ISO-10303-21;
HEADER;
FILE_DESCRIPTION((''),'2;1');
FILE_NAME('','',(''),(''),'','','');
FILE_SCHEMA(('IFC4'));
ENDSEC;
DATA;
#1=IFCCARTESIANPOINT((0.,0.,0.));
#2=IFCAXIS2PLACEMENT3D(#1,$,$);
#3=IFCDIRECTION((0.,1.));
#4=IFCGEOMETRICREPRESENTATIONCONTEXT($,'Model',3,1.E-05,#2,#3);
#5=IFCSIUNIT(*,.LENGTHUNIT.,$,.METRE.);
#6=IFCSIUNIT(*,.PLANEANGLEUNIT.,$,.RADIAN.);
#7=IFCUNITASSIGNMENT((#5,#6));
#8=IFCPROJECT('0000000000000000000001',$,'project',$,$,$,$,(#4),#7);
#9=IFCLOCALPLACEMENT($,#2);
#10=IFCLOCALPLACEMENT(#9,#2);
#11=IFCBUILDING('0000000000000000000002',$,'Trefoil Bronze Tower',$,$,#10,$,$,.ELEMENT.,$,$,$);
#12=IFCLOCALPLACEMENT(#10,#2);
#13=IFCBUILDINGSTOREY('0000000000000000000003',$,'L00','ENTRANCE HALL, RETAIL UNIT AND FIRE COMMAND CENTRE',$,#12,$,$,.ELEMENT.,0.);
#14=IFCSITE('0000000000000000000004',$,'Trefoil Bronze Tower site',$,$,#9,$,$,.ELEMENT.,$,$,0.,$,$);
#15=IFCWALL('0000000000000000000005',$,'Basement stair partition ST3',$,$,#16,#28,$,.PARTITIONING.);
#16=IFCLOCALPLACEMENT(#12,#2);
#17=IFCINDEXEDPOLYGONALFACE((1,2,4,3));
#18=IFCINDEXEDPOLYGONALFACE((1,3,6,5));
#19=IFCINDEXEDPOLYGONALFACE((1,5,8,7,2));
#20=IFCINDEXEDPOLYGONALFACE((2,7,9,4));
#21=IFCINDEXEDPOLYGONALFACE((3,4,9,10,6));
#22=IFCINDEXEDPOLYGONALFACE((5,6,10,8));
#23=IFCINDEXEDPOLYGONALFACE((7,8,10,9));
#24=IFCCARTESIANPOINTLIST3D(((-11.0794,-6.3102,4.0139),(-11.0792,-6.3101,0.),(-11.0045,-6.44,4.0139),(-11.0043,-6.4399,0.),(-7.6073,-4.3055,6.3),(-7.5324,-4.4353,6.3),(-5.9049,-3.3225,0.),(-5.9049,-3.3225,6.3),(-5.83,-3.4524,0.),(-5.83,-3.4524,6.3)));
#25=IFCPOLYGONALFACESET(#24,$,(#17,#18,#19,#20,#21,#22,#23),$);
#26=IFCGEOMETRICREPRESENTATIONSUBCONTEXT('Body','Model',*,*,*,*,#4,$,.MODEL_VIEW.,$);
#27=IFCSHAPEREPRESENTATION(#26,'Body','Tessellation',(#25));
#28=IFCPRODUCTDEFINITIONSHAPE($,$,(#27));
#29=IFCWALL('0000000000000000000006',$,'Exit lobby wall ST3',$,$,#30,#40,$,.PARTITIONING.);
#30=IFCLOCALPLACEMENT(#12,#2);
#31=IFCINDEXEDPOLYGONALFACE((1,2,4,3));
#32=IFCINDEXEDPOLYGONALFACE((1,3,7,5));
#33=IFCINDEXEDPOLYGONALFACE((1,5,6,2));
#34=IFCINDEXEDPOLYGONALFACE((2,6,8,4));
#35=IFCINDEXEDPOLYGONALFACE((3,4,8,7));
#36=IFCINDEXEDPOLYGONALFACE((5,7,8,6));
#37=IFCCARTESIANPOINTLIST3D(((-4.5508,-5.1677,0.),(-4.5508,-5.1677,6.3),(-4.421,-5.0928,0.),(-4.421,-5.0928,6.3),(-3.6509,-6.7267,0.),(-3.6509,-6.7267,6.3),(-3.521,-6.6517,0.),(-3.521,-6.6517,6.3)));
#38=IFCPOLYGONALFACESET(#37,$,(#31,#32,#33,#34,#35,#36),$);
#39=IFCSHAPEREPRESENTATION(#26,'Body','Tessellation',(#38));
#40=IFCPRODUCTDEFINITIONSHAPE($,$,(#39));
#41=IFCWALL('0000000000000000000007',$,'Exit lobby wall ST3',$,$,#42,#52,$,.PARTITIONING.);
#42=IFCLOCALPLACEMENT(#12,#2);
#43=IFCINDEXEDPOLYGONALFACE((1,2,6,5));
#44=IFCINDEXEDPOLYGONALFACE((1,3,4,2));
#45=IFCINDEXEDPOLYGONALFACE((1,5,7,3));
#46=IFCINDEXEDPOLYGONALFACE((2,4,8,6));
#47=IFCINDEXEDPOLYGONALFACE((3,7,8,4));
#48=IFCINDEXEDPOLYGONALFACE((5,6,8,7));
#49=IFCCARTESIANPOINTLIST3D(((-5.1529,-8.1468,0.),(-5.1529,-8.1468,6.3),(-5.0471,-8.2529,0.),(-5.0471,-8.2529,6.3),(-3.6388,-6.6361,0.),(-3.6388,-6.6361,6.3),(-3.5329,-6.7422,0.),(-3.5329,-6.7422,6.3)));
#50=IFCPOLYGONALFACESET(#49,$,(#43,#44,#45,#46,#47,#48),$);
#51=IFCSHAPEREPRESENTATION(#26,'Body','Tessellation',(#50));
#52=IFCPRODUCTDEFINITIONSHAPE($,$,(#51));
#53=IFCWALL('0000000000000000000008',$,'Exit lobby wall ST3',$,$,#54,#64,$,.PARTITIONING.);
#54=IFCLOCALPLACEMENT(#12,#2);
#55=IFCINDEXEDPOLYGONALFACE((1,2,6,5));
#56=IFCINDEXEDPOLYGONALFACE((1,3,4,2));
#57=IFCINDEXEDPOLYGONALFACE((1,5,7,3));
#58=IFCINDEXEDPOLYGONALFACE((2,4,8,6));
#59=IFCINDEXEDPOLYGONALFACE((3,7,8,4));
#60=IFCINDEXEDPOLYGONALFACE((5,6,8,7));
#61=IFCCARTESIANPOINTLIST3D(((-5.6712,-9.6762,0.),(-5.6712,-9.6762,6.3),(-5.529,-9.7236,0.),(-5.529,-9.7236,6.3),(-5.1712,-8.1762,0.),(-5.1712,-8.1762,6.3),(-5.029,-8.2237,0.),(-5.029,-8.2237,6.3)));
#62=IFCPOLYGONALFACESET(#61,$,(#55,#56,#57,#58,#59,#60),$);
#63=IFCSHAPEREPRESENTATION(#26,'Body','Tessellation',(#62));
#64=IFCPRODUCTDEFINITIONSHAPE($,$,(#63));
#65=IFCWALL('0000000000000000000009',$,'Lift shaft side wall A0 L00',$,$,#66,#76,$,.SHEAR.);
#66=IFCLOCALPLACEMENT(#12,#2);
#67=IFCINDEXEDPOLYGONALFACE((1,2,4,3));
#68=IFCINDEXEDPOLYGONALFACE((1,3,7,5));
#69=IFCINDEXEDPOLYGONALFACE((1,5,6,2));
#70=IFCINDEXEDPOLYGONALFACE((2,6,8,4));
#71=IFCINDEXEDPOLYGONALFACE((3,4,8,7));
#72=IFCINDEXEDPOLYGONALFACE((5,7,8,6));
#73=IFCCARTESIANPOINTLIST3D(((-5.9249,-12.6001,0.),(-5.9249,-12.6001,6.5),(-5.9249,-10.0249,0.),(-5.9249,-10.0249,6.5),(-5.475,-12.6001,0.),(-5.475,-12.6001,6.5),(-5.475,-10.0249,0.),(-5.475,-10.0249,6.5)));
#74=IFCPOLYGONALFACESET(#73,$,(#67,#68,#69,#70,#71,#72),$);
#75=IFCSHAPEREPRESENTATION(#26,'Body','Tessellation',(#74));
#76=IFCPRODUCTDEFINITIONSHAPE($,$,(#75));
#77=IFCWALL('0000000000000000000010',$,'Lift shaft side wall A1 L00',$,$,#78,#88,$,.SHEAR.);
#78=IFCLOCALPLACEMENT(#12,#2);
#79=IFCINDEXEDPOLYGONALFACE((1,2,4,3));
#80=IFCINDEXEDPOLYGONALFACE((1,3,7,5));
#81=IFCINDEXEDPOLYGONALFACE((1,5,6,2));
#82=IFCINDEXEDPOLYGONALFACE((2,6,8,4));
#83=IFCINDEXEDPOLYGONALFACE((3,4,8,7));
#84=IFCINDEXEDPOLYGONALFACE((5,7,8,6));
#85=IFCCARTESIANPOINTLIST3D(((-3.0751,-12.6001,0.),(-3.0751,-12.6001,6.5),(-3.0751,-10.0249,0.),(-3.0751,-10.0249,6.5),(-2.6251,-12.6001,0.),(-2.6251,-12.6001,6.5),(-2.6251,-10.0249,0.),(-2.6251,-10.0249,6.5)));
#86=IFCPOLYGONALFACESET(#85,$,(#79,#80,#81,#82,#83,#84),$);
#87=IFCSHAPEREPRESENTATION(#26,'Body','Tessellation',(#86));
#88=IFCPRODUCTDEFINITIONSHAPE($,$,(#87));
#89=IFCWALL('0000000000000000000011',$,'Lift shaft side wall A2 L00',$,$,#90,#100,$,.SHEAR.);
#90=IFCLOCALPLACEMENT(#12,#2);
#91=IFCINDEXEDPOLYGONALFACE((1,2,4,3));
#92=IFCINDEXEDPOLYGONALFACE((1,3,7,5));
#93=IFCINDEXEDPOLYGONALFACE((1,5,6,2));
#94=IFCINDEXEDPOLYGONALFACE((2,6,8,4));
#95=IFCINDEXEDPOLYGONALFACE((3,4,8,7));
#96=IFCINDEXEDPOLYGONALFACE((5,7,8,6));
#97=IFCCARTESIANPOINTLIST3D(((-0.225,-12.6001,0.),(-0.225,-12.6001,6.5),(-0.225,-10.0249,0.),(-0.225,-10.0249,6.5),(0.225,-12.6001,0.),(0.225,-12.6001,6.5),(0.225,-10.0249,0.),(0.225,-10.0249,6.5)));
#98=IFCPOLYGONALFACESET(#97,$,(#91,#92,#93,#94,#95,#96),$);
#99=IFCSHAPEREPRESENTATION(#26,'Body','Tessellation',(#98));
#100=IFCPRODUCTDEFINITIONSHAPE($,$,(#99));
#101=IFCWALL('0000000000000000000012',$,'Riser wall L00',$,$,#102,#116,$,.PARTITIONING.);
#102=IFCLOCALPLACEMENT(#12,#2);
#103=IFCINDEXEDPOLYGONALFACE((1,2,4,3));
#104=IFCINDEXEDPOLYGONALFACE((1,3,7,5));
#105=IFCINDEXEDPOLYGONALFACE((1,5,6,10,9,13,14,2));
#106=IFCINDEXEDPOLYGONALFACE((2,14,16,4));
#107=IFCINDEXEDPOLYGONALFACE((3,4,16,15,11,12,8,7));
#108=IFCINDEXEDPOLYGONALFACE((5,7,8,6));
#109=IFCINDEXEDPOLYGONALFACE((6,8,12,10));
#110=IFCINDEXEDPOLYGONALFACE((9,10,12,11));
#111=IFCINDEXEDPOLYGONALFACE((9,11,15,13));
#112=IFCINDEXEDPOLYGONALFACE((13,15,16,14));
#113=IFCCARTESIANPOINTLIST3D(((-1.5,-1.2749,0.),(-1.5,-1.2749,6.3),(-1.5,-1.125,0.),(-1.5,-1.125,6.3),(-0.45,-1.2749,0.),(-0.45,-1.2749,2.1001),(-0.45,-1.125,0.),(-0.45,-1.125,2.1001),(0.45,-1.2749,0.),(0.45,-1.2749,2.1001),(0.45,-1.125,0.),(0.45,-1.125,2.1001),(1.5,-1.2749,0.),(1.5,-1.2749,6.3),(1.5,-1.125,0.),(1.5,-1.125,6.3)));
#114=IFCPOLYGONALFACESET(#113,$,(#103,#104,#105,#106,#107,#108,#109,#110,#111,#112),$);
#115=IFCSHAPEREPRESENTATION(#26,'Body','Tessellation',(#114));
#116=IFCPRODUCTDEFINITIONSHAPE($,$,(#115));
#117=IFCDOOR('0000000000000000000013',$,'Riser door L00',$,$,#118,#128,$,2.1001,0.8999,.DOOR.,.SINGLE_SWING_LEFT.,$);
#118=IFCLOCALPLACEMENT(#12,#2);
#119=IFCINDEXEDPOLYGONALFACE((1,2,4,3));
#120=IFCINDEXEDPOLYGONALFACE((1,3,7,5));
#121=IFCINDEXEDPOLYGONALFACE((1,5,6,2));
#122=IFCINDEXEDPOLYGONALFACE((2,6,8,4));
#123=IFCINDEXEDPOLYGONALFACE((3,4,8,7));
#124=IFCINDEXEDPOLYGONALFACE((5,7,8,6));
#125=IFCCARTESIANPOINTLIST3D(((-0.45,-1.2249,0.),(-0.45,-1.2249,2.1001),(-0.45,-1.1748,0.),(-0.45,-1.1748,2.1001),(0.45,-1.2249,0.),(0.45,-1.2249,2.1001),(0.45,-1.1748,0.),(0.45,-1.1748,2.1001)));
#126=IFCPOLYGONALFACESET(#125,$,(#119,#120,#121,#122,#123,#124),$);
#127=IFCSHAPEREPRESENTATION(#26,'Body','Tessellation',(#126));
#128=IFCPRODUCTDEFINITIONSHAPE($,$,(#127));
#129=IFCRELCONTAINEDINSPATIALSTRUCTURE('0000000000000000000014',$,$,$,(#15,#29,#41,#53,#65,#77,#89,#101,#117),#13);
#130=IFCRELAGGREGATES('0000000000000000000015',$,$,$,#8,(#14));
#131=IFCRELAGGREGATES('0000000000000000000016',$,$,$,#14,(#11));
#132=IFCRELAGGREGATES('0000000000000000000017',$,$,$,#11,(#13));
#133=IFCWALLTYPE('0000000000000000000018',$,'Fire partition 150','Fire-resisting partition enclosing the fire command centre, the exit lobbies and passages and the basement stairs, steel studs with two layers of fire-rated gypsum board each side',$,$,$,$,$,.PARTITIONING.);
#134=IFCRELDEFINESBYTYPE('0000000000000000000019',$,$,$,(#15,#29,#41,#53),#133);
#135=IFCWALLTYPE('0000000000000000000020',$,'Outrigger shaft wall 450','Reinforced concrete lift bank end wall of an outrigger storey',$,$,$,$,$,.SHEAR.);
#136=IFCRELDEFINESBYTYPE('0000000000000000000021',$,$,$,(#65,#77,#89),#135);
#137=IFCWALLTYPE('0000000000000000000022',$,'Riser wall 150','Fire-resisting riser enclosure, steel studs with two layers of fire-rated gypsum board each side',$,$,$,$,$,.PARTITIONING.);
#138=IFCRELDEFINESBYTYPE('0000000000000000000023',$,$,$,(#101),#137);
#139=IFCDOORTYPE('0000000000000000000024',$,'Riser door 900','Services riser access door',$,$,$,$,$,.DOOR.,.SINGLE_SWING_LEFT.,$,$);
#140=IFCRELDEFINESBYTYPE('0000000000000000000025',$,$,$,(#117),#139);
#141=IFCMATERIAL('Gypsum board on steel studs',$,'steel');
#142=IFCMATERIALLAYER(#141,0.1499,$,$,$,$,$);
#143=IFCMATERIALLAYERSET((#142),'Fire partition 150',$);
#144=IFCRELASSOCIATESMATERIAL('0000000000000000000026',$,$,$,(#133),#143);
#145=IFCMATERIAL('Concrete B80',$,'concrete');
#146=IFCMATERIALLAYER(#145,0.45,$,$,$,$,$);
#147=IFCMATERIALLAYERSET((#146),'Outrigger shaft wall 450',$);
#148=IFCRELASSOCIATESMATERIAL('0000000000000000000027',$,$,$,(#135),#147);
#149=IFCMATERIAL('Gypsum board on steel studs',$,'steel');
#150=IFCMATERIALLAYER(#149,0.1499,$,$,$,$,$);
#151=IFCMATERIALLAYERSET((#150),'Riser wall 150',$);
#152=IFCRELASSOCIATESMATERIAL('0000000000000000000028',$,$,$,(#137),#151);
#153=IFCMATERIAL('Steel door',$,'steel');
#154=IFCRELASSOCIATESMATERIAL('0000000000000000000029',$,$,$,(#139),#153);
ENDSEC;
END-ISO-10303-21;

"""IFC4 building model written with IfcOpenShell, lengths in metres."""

from ifc_helpers import new_model, si_unit, direction, frame, frame_2d, origin, place, context, subcontext, project, spatial, polyline, rectangle, outline, extrude, material, layer, layer_set, type_object, element, fill, save


model = new_model("IFC4")

# Units and contexts
model_context = context("Model", 3, precision=1e-05, world=origin(), true_north=direction((0.0, 1.0)))
body_context = subcontext(model_context, "Body", "Model", "MODEL_VIEW")
ifc_project = project(units=[si_unit("LENGTHUNIT", "METRE"), si_unit("PLANEANGLEUNIT", "RADIAN")], contexts=[model_context])

# Site, building, storey
site_placement = place(None, origin())
site = spatial("IfcSite", under=ifc_project, at=site_placement, Name="Trefoil Bronze Tower site", CompositionType="ELEMENT", RefElevation=0.0)
building_placement = place(site_placement, origin())
building = spatial("IfcBuilding", under=site, at=building_placement, Name="Trefoil Bronze Tower", CompositionType="ELEMENT")
storey_placement = place(building_placement, origin())
storey = spatial("IfcBuildingStorey", under=building, at=storey_placement, Name="L00", Description="ENTRANCE HALL, RETAIL UNIT AND FIRE COMMAND CENTRE", CompositionType="ELEMENT", Elevation=0.0)

# Walls
ifc_material_1 = material(Name="Gypsum board on steel studs", Category="steel")
ifc_layer_1 = layer(ifc_material_1, 0.1499)
ifc_layer_set_1 = layer_set([ifc_layer_1], Name="Fire partition 150")
wall_type_1 = type_object("IfcWallType", Name="Fire partition 150", Description="Fire-resisting partition enclosing the fire command centre, the exit lobbies and passages and the basement stairs, steel studs with two layers of fire-rated gypsum board each side", PredefinedType="PARTITIONING", material=ifc_layer_set_1)
wall_1_placement = place(storey_placement, frame((-5.8674, -3.3875, 0.0), z_axis=(0.0, 0.0, 1.0), x_axis=(-0.866014, -0.50002, 0.0)))
element("IfcWall", 1, at=wall_1_placement, inside=storey, type_object=wall_type_1, Name="Basement stair partition ST3", PredefinedType="PARTITIONING", context=body_context, shape_type="SweptSolid", body=[
    extrude(outline(polyline([(0.0, 0.0), (5.9749, 0.0), (5.9751, 4.0139), (1.9658, 6.3), (0.0, 6.3), (0.0, 0.0)])), frame((0.0, 0.075, 0.0), z_axis=(0.0, -1.0, 0.0), x_axis=(1.0, 0.0, 0.0)), (0.0, 0.0, 1.0), 0.1499),
])
wall_2_placement = place(storey_placement, frame((-4.4858, -5.1304, 0.0), z_axis=(0.0, 0.0, 1.0), x_axis=(0.499961, -0.866048, 0.0)))
element("IfcWall", 2, at=wall_2_placement, inside=storey, type_object=wall_type_1, Name="Exit lobby wall ST3", PredefinedType="PARTITIONING", context=body_context, shape_type="SweptSolid", body=[
    extrude(rectangle(XDim=1.8, YDim=0.1499, at=frame_2d((0.8999, 0.0))), origin(), (0.0, 0.0, 1.0), 6.3),
])
wall_3_placement = place(storey_placement, frame((-3.5859, -6.6892, 0.0), z_axis=(0.0, 0.0, 1.0), x_axis=(-0.707905, -0.706307, 0.0)))
element("IfcWall", 3, at=wall_3_placement, inside=storey, type_object=wall_type_1, Name="Exit lobby wall ST3", PredefinedType="PARTITIONING", context=body_context, shape_type="SweptSolid", body=[
    extrude(rectangle(XDim=2.1389, YDim=0.1499, at=frame_2d((1.0693, 0.0))), origin(), (0.0, 0.0, 1.0), 6.3),
])
wall_4_placement = place(storey_placement, frame((-5.1001, -8.2, 0.0), z_axis=(0.0, 0.0, 1.0), x_axis=(-0.316228, -0.948683, 0.0)))
element("IfcWall", 4, at=wall_4_placement, inside=storey, type_object=wall_type_1, Name="Exit lobby wall ST3", PredefinedType="PARTITIONING", context=body_context, shape_type="SweptSolid", body=[
    extrude(rectangle(XDim=1.5811, YDim=0.1499, at=frame_2d((0.7905, 0.0))), origin(), (0.0, 0.0, 1.0), 6.3),
])
ifc_material_2 = material(Name="Concrete B80", Category="concrete")
ifc_layer_2 = layer(ifc_material_2, 0.45)
ifc_layer_set_2 = layer_set([ifc_layer_2], Name="Outrigger shaft wall 450")
wall_type_2 = type_object("IfcWallType", Name="Outrigger shaft wall 450", Description="Reinforced concrete lift bank end wall of an outrigger storey", PredefinedType="SHEAR", material=ifc_layer_set_2)
for number, where, z_axis, x_axis, name in (
    (5, (-5.7, -10.0249, 0.0), (0.0, 0.0, 1.0), (0.0, -1.0, 0.0), "Lift shaft side wall A0 L00"),
    (6, (-2.8501, -10.0249, 0.0), (0.0, 0.0, 1.0), (0.0, -1.0, 0.0), "Lift shaft side wall A1 L00"),
    (7, (0.0, -10.0249, 0.0), (0.0, 0.0, 1.0), (0.0, -1.0, 0.0), "Lift shaft side wall A2 L00"),
):
    element("IfcWall", number, at=place(storey_placement, frame(where, z_axis=z_axis, x_axis=x_axis)), inside=storey, type_object=wall_type_2, Name=name, PredefinedType="SHEAR", context=body_context, shape_type="SweptSolid", body=[
        extrude(rectangle(XDim=2.5752, YDim=0.45, at=frame_2d((1.2876, 0.0))), origin(), (0.0, 0.0, 1.0), 6.5),
    ])

# Wall, opening, door
ifc_material_3 = material(Name="Gypsum board on steel studs", Category="steel")
ifc_layer_3 = layer(ifc_material_3, 0.1499)
ifc_layer_set_3 = layer_set([ifc_layer_3], Name="Riser wall 150")
wall_type_3 = type_object("IfcWallType", Name="Riser wall 150", Description="Fire-resisting riser enclosure, steel studs with two layers of fire-rated gypsum board each side", PredefinedType="PARTITIONING", material=ifc_layer_set_3)
wall_5_placement = place(storey_placement, frame((-1.5, -1.2, 0.0), z_axis=(0.0, 0.0, 1.0), x_axis=(1.0, 0.0, 0.0)))
wall_5 = element("IfcWall", 8, at=wall_5_placement, inside=storey, type_object=wall_type_3, Name="Riser wall L00", PredefinedType="PARTITIONING", context=body_context, shape_type="SweptSolid", body=[
    extrude(rectangle(XDim=3.0, YDim=0.1499, at=frame_2d((1.5, 0.0))), origin(), (0.0, 0.0, 1.0), 6.3),
])
opening_1_placement = place(wall_5_placement, frame((1.05, 0.0, 0.0)))
opening_1 = element("IfcOpeningElement", 9, at=opening_1_placement, cuts=wall_5, PredefinedType="OPENING", context=body_context, shape_type="SweptSolid", body=[
    extrude(rectangle(XDim=0.8999, YDim=2.1001, at=frame_2d((0.45, 1.05))), frame((0.0, 0.085, 0.0), z_axis=(0.0, -1.0, 0.0), x_axis=(1.0, 0.0, 0.0)), (0.0, 0.0, 1.0), 0.1699),
])
ifc_material_4 = material(Name="Steel door", Category="steel")
door_type_1 = type_object("IfcDoorType", Name="Riser door 900", Description="Services riser access door", OperationType="SINGLE_SWING_LEFT", PredefinedType="DOOR", material=ifc_material_4)
door_1_placement = place(opening_1_placement, frame((0.8999, 0.0, 0.0), z_axis=(0.0, 0.0, 1.0), x_axis=(-1.0, 0.0, 0.0)))
door_1 = element("IfcDoor", 10, at=door_1_placement, inside=storey, type_object=door_type_1, Name="Riser door L00", OperationType="SINGLE_SWING_LEFT", OverallHeight=2.1001, OverallWidth=0.8999, PredefinedType="DOOR", context=body_context, shape_type="SweptSolid", body=[
    extrude(rectangle(XDim=0.8999, YDim=2.1001, at=frame_2d((0.45, 1.05))), frame((0.0, 0.0249, 0.0), z_axis=(0.0, -1.0, 0.0), x_axis=(1.0, 0.0, 0.0)), (0.0, 0.0, 1.0), 0.05),
])
fill(opening_1, door_1)

save(model, "model.ifc")
